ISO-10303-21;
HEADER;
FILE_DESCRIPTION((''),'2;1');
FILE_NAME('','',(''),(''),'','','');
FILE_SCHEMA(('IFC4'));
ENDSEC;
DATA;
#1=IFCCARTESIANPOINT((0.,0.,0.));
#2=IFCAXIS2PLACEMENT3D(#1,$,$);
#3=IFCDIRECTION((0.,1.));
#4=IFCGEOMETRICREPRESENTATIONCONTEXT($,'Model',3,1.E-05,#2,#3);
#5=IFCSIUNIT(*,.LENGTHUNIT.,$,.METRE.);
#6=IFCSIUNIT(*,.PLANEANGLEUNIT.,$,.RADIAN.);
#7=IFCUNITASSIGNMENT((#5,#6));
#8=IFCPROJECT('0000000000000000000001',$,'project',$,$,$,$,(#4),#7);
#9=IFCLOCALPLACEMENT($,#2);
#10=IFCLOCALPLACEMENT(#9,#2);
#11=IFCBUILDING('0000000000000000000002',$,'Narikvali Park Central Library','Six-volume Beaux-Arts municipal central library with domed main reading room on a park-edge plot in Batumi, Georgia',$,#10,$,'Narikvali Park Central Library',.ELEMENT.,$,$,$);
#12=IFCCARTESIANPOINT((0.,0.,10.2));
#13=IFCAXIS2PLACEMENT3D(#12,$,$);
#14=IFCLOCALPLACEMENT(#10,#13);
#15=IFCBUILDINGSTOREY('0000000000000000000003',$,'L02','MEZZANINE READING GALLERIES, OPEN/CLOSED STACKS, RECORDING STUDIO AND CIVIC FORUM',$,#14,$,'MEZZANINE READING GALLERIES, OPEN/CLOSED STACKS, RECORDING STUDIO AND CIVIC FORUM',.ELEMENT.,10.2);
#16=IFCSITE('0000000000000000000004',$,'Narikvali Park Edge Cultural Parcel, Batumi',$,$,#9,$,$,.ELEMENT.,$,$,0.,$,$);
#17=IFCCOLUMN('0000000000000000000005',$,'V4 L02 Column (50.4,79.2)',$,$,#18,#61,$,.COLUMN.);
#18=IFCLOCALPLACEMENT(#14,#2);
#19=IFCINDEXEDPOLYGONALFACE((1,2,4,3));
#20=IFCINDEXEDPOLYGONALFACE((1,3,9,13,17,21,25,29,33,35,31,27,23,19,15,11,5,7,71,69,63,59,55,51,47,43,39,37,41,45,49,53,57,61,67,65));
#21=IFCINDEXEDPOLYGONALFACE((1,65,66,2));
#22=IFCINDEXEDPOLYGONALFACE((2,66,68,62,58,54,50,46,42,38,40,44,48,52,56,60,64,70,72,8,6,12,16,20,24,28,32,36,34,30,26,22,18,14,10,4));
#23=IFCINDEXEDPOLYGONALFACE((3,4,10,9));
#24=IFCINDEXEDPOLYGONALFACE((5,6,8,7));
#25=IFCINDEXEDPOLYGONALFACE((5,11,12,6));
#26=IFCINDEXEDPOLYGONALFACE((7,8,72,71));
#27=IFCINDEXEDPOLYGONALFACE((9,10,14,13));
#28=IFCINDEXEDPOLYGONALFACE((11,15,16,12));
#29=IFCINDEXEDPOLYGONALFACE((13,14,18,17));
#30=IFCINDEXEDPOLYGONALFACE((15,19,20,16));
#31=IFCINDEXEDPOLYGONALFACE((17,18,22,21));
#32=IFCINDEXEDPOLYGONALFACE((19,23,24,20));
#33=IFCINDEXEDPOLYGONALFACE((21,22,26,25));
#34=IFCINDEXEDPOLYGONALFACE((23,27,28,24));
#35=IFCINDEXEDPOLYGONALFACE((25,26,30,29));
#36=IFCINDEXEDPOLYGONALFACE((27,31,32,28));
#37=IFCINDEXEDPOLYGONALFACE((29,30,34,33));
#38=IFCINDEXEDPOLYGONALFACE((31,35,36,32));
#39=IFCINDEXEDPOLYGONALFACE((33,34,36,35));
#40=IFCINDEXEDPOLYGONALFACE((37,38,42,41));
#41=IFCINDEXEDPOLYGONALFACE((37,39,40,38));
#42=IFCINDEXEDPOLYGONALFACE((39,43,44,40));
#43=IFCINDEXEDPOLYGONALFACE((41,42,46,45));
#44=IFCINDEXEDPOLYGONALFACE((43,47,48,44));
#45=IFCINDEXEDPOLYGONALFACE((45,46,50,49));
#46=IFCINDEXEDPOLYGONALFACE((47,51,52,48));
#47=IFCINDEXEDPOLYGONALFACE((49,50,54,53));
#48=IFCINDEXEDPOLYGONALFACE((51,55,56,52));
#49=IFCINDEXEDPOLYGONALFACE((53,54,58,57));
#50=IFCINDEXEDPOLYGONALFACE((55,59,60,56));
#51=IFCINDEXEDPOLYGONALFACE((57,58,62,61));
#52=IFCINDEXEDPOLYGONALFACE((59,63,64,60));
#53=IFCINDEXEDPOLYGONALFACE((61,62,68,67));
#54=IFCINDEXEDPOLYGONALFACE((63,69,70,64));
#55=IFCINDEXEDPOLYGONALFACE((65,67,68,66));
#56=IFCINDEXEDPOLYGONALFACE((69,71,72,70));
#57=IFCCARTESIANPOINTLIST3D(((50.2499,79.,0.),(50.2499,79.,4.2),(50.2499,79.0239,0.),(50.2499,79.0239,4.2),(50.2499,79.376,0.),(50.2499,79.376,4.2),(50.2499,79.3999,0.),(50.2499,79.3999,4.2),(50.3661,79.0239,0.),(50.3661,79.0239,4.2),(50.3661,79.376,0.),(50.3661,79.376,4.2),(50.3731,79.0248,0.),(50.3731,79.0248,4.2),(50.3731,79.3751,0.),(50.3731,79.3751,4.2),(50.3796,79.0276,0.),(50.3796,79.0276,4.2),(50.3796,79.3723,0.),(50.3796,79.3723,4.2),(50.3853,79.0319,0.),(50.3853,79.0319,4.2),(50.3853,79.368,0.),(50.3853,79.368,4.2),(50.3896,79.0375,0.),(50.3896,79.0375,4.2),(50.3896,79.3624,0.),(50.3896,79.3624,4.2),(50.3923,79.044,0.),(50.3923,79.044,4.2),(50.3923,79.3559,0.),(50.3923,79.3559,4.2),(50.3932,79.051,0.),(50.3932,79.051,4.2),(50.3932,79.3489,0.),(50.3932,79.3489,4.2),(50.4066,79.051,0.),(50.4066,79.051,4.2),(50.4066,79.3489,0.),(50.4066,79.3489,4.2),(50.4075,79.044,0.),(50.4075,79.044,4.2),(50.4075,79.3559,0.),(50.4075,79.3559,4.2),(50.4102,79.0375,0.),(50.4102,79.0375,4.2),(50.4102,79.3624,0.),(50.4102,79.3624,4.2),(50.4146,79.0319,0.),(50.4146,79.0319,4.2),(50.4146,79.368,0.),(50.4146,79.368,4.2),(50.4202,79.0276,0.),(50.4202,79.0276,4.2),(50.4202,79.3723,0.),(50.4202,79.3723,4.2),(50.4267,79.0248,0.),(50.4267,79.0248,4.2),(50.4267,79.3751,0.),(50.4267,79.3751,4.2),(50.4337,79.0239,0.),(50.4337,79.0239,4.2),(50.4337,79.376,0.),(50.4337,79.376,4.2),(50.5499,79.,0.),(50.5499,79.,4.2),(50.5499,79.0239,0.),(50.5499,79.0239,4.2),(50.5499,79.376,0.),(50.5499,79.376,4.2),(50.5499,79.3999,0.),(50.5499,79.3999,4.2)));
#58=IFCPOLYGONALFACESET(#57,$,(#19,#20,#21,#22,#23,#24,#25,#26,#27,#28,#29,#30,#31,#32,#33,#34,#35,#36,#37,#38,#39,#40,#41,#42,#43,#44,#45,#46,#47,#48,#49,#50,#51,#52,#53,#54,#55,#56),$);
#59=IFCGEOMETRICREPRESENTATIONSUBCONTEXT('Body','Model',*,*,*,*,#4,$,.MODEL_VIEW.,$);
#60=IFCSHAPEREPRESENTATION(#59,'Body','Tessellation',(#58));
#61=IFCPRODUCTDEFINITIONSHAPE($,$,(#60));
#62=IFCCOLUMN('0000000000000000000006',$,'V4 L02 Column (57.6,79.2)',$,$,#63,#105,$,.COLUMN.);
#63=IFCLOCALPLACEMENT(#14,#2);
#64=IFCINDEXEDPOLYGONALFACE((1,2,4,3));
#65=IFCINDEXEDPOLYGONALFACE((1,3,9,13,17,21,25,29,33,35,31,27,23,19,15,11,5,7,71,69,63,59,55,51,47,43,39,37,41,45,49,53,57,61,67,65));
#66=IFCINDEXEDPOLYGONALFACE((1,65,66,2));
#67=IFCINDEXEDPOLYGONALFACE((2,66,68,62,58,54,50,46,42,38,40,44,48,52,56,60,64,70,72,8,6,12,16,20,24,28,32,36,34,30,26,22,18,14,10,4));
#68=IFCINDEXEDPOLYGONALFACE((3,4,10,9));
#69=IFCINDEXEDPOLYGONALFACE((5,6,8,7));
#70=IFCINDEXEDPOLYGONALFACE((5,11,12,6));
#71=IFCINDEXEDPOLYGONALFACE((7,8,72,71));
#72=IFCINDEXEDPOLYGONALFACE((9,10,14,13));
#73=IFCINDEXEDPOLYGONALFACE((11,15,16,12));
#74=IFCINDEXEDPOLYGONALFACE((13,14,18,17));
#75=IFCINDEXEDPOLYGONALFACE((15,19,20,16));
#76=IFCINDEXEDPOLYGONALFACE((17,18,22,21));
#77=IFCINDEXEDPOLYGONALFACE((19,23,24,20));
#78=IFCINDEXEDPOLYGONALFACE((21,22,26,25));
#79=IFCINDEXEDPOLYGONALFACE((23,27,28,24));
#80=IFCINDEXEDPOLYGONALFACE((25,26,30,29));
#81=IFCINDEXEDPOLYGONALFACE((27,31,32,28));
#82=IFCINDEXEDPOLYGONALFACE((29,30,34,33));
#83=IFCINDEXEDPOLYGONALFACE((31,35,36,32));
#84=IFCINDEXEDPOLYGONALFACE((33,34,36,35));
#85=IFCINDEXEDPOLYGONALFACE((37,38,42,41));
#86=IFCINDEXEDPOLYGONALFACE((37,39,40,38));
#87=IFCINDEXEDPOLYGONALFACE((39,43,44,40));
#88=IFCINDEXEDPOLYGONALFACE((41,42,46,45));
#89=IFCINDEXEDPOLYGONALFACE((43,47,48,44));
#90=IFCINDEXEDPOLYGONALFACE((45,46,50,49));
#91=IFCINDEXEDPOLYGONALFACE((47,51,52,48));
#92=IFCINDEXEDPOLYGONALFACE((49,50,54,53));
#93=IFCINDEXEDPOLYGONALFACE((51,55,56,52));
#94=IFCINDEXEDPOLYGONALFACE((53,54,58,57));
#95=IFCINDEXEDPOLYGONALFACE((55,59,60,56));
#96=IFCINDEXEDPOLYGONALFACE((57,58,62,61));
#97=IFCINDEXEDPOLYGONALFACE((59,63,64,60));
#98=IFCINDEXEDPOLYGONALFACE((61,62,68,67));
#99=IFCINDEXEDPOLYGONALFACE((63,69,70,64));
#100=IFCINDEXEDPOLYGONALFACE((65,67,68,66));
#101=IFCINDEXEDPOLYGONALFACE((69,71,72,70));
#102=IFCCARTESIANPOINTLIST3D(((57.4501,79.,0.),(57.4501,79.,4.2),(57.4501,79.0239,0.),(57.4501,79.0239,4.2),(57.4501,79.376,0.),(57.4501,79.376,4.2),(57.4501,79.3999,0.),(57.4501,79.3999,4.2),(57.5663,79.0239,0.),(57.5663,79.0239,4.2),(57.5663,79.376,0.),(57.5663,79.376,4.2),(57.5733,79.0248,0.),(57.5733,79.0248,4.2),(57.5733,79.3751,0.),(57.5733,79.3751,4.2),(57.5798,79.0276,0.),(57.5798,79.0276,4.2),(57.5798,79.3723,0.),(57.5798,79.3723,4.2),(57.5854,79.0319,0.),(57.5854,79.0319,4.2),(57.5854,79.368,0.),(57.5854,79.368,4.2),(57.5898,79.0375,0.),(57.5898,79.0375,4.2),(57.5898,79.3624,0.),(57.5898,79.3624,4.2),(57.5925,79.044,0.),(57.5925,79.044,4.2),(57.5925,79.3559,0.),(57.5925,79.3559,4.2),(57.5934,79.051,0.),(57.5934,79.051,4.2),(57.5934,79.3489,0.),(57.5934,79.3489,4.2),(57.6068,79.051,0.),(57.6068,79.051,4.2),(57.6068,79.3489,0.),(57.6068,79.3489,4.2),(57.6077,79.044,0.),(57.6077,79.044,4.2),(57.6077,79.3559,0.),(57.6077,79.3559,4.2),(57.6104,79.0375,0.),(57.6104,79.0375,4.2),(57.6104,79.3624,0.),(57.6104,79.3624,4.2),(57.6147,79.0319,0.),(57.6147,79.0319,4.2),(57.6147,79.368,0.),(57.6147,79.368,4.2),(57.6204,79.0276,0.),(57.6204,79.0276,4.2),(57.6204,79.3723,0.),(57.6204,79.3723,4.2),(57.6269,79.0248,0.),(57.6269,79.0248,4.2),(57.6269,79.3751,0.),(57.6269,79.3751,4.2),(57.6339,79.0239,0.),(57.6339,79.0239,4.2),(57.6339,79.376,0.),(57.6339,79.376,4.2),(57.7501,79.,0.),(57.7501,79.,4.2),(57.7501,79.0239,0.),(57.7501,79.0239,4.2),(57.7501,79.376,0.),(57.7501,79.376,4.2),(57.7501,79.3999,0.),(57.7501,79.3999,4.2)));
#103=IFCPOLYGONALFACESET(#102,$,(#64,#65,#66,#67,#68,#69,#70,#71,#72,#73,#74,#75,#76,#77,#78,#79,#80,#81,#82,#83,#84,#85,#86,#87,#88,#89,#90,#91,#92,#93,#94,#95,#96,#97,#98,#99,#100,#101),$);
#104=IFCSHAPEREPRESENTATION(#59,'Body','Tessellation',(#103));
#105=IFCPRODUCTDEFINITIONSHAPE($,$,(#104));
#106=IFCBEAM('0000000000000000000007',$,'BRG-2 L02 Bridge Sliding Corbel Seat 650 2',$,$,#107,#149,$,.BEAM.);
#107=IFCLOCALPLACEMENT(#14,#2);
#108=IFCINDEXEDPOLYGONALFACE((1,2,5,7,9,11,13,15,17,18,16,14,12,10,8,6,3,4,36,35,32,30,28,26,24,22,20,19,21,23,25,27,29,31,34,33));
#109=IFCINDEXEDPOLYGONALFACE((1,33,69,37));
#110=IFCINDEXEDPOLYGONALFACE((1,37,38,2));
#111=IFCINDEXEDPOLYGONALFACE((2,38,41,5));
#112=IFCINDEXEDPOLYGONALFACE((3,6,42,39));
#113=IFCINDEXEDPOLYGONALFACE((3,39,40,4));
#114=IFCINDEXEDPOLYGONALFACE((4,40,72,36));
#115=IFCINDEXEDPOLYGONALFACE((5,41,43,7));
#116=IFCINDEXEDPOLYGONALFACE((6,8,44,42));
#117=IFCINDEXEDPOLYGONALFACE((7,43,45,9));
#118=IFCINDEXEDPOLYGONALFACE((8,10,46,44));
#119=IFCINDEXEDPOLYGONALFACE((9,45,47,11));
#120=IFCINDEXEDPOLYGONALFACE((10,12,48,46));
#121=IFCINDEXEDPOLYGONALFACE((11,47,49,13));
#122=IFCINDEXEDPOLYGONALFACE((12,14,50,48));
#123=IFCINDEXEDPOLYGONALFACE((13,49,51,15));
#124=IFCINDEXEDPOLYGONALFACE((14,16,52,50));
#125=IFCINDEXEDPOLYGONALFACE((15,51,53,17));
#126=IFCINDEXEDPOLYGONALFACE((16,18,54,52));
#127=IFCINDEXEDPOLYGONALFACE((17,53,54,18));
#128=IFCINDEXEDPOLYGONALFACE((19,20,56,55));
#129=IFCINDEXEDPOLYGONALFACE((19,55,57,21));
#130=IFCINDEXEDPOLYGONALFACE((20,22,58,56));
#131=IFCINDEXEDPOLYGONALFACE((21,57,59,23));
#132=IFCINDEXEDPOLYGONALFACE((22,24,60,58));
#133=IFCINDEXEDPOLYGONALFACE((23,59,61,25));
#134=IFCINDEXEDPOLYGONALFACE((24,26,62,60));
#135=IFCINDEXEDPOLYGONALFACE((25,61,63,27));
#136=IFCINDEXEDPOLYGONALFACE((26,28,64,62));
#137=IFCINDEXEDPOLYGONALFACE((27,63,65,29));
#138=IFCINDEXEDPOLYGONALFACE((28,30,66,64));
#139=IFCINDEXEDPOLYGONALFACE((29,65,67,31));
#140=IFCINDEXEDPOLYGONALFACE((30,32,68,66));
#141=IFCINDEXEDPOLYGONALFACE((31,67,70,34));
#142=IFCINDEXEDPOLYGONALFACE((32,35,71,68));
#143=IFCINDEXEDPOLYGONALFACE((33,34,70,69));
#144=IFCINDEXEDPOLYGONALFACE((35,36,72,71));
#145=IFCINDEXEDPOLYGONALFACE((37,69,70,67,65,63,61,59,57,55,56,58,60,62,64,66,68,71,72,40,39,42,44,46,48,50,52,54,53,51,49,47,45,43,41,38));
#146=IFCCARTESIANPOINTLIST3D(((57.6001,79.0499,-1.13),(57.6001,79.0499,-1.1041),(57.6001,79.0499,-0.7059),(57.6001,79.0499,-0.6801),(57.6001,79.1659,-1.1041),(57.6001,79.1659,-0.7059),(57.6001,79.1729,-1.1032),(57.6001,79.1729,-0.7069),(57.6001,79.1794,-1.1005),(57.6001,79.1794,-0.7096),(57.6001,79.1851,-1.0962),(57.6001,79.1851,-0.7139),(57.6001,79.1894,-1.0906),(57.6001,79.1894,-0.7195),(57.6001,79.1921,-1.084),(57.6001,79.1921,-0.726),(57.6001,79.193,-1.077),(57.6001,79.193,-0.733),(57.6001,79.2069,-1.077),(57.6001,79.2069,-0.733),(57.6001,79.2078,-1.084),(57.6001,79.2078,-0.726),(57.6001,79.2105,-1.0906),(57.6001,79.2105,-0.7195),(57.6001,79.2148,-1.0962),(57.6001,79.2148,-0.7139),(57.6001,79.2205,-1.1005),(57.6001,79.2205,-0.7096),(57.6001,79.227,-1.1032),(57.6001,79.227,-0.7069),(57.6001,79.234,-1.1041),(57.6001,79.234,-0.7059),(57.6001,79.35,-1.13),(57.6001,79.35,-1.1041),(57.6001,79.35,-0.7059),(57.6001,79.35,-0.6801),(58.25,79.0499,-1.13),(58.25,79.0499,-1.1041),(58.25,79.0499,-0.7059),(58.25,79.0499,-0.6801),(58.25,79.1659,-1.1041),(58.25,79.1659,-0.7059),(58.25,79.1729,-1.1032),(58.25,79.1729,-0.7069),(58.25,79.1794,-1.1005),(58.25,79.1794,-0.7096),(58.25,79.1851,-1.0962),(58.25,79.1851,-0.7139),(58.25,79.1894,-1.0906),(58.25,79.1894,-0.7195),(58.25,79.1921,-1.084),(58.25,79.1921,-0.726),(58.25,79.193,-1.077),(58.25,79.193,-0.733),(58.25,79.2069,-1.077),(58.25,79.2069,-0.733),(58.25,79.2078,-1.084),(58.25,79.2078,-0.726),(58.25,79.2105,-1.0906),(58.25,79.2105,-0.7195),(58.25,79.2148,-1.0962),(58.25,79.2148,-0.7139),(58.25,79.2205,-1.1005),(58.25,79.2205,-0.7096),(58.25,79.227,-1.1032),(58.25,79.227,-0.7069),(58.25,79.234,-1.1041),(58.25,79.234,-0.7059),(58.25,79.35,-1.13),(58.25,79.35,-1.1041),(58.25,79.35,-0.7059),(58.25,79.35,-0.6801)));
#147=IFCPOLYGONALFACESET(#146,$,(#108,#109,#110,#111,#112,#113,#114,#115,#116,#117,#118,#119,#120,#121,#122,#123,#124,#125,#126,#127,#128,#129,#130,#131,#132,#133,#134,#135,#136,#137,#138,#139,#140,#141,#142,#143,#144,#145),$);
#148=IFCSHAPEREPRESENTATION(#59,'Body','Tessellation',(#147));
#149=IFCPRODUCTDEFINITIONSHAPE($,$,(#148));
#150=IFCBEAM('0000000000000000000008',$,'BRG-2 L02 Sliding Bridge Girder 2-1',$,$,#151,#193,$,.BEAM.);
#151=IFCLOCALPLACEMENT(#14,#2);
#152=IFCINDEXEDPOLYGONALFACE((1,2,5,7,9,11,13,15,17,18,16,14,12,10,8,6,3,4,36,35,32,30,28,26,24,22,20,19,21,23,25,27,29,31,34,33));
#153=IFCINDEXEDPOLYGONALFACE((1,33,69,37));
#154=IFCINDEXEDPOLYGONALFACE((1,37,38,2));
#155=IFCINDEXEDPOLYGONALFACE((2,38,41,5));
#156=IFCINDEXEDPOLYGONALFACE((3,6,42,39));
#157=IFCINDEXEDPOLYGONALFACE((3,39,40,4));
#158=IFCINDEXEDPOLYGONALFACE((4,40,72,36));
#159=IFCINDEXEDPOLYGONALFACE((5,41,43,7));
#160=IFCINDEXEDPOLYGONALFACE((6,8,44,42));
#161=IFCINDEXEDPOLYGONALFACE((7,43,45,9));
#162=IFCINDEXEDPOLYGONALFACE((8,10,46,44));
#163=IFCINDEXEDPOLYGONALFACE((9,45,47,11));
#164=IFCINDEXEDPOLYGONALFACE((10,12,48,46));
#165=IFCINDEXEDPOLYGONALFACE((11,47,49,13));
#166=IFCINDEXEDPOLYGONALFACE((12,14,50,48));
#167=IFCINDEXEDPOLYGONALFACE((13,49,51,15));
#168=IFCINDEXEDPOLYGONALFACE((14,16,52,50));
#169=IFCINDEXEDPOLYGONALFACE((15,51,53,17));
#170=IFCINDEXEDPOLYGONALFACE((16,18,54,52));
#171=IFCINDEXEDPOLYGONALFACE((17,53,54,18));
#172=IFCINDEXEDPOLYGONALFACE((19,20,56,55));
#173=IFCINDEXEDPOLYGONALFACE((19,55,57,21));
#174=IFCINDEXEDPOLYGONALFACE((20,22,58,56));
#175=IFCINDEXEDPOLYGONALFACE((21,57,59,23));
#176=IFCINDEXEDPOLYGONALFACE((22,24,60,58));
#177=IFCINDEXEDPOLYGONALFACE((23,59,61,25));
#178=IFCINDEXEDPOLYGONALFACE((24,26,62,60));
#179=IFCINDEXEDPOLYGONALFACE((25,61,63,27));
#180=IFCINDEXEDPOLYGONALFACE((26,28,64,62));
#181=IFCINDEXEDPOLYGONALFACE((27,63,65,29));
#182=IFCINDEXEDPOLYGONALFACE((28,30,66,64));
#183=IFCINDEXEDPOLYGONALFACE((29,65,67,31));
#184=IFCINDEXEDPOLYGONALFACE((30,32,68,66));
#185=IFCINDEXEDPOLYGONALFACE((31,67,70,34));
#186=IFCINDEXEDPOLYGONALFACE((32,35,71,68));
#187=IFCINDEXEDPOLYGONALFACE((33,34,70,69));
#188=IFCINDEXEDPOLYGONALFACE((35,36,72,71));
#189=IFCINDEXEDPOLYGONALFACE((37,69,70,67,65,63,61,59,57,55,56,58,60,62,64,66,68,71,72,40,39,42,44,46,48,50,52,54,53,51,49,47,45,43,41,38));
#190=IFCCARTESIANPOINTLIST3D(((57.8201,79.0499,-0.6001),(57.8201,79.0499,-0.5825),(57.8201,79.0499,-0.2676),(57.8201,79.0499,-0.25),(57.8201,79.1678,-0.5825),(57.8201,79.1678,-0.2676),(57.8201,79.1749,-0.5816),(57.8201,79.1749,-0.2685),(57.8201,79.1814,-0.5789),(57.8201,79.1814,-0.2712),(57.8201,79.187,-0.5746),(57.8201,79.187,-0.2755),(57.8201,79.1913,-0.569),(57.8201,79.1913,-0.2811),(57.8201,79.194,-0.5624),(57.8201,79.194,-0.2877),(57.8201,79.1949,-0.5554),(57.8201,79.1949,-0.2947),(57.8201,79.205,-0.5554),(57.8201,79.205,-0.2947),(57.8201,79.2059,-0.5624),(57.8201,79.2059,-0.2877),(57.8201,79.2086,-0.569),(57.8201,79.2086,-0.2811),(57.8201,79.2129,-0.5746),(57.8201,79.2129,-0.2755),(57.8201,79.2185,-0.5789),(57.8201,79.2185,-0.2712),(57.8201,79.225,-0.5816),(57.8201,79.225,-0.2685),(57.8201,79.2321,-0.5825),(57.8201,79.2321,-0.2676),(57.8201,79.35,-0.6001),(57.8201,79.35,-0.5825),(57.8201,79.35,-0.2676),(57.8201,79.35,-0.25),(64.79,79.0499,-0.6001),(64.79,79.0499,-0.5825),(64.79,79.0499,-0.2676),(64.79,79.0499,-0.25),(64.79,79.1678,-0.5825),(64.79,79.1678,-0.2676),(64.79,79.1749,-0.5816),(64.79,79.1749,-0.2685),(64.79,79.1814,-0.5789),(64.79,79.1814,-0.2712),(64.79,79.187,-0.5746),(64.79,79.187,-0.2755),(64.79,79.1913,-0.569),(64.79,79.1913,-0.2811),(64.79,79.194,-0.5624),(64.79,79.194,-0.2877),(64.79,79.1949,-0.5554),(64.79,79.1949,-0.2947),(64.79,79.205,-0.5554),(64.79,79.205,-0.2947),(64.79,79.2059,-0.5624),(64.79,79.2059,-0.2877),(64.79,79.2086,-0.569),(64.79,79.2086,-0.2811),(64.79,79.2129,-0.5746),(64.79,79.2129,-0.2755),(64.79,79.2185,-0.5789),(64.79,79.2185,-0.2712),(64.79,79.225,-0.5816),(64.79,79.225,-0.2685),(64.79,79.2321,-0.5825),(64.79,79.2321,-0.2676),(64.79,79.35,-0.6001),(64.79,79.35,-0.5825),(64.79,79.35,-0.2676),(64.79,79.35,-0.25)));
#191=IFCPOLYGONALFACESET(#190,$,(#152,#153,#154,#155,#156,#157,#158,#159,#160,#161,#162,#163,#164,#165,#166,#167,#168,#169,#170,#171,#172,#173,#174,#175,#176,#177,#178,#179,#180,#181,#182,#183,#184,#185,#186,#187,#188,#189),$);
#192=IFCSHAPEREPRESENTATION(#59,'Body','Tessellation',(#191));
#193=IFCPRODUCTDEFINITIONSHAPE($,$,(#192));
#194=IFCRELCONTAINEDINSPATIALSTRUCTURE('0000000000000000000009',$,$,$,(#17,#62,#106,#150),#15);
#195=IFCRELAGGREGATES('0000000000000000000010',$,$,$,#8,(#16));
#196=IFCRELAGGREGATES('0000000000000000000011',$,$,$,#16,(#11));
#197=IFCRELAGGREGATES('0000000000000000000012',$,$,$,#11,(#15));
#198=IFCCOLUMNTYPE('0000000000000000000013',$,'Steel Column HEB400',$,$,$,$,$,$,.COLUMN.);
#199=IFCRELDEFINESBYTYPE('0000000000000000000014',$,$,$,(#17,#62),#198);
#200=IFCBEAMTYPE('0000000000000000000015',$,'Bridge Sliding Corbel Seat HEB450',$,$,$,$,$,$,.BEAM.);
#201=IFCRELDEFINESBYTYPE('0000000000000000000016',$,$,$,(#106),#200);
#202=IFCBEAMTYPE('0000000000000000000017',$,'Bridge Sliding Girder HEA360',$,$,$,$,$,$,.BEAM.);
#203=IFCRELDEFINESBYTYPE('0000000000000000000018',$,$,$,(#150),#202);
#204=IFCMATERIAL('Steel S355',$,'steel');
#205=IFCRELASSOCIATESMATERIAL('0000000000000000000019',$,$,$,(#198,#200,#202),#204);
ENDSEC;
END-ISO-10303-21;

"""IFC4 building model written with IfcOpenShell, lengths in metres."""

from ifc_helpers import new_model, si_unit, direction, frame, origin, origin_2d, place, context, subcontext, project, spatial, i_section, extrude, material, material_profile, profile_set, type_object, element, save


model = new_model("IFC4")

# Units and contexts
model_context = context("Model", 3, precision=1e-05, world=origin(), true_north=direction((0.0, 1.0)))
body_context = subcontext(model_context, "Body", "Model", "MODEL_VIEW")
ifc_project = project(units=[si_unit("LENGTHUNIT", "METRE"), si_unit("PLANEANGLEUNIT", "RADIAN")], contexts=[model_context])

# Site, building, storey
site_placement = place(None, origin())
site = spatial("IfcSite", under=ifc_project, at=site_placement, Name="Narikvali Park Edge Cultural Parcel, Batumi", CompositionType="ELEMENT", RefElevation=0.0)
building_placement = place(site_placement, origin())
building = spatial("IfcBuilding", under=site, at=building_placement, Name="Narikvali Park Central Library", Description="Six-volume Beaux-Arts municipal central library with domed main reading room on a park-edge plot in Batumi, Georgia", LongName="Narikvali Park Central Library", CompositionType="ELEMENT")
storey_placement = place(building_placement, frame((0.0, 0.0, 10.2)))
storey = spatial("IfcBuildingStorey", under=building, at=storey_placement, Name="L02", Description="MEZZANINE READING GALLERIES, OPEN/CLOSED STACKS, RECORDING STUDIO AND CIVIC FORUM", LongName="MEZZANINE READING GALLERIES, OPEN/CLOSED STACKS, RECORDING STUDIO AND CIVIC FORUM", CompositionType="ELEMENT", Elevation=10.2)

# Columns
ifc_material_1 = material(Name="Steel S355", Category="steel")
ifc_material_profile_1 = material_profile(ifc_material_1, i_section(OverallWidth=0.3, OverallDepth=0.3999, WebThickness=0.0134, FlangeThickness=0.0239, FilletRadius=0.0271, at=origin_2d()), Name="HEB 400")
ifc_profile_set_1 = profile_set([ifc_material_profile_1], Name="Steel S355")
column_type = type_object("IfcColumnType", Name="Steel Column HEB400", PredefinedType="COLUMN", material=ifc_profile_set_1)
for number, where, z_axis, x_axis, name in (
    (1, (50.3999, 79.2, 0.0), (0.0, 0.0, 1.0), (1.0, 0.0, 0.0), "V4 L02 Column (50.4,79.2)"),
    (2, (57.6001, 79.2, 0.0), (0.0, 0.0, 1.0), (1.0, 0.0, 0.0), "V4 L02 Column (57.6,79.2)"),
):
    element("IfcColumn", number, at=place(storey_placement, frame(where, z_axis=z_axis, x_axis=x_axis)), inside=storey, type_object=column_type, Name=name, PredefinedType="COLUMN", context=body_context, shape_type="SweptSolid", body=[
        extrude(i_section(OverallWidth=0.3, OverallDepth=0.3999, WebThickness=0.0134, FlangeThickness=0.0239, FilletRadius=0.0271, at=origin_2d()), origin(), (0.0, 0.0, 1.0), 4.2),
    ])

# Beams
ifc_material_profile_2 = material_profile(ifc_material_1, i_section(OverallWidth=0.3, OverallDepth=0.45, WebThickness=0.0139, FlangeThickness=0.0259, FilletRadius=0.0271, at=origin_2d()), Name="HEB 450")
ifc_profile_set_2 = profile_set([ifc_material_profile_2], Name="Steel S355")
beam_type_1 = type_object("IfcBeamType", Name="Bridge Sliding Corbel Seat HEB450", PredefinedType="BEAM", material=ifc_profile_set_2)
beam_1_placement = place(storey_placement, frame((57.6001, 79.2, -0.905), z_axis=(1.0, 0.0, 0.0), x_axis=(0.0, 1.0, 0.0)))
element("IfcBeam", 3, at=beam_1_placement, inside=storey, type_object=beam_type_1, Name="BRG-2 L02 Bridge Sliding Corbel Seat 650 2", PredefinedType="BEAM", context=body_context, shape_type="SweptSolid", body=[
    extrude(i_section(OverallWidth=0.3, OverallDepth=0.45, WebThickness=0.0139, FlangeThickness=0.0259, FilletRadius=0.0271, at=origin_2d()), origin(), (0.0, 0.0, 1.0), 0.6499),
])
ifc_material_profile_3 = material_profile(ifc_material_1, i_section(OverallWidth=0.3, OverallDepth=0.3501, WebThickness=0.01, FlangeThickness=0.0176, FilletRadius=0.0271, at=origin_2d()), Name="HEA 360")
ifc_profile_set_3 = profile_set([ifc_material_profile_3], Name="Steel S355")
beam_type_2 = type_object("IfcBeamType", Name="Bridge Sliding Girder HEA360", PredefinedType="BEAM", material=ifc_profile_set_3)
beam_2_placement = place(storey_placement, frame((57.8201, 79.2, -0.425), z_axis=(1.0, 0.0, 0.0), x_axis=(0.0, 1.0, 0.0)))
element("IfcBeam", 4, at=beam_2_placement, inside=storey, type_object=beam_type_2, Name="BRG-2 L02 Sliding Bridge Girder 2-1", PredefinedType="BEAM", context=body_context, shape_type="SweptSolid", body=[
    extrude(i_section(OverallWidth=0.3, OverallDepth=0.3501, WebThickness=0.01, FlangeThickness=0.0176, FilletRadius=0.0271, at=origin_2d()), origin(), (0.0, 0.0, 1.0), 6.97),
])

save(model, "model.ifc")
